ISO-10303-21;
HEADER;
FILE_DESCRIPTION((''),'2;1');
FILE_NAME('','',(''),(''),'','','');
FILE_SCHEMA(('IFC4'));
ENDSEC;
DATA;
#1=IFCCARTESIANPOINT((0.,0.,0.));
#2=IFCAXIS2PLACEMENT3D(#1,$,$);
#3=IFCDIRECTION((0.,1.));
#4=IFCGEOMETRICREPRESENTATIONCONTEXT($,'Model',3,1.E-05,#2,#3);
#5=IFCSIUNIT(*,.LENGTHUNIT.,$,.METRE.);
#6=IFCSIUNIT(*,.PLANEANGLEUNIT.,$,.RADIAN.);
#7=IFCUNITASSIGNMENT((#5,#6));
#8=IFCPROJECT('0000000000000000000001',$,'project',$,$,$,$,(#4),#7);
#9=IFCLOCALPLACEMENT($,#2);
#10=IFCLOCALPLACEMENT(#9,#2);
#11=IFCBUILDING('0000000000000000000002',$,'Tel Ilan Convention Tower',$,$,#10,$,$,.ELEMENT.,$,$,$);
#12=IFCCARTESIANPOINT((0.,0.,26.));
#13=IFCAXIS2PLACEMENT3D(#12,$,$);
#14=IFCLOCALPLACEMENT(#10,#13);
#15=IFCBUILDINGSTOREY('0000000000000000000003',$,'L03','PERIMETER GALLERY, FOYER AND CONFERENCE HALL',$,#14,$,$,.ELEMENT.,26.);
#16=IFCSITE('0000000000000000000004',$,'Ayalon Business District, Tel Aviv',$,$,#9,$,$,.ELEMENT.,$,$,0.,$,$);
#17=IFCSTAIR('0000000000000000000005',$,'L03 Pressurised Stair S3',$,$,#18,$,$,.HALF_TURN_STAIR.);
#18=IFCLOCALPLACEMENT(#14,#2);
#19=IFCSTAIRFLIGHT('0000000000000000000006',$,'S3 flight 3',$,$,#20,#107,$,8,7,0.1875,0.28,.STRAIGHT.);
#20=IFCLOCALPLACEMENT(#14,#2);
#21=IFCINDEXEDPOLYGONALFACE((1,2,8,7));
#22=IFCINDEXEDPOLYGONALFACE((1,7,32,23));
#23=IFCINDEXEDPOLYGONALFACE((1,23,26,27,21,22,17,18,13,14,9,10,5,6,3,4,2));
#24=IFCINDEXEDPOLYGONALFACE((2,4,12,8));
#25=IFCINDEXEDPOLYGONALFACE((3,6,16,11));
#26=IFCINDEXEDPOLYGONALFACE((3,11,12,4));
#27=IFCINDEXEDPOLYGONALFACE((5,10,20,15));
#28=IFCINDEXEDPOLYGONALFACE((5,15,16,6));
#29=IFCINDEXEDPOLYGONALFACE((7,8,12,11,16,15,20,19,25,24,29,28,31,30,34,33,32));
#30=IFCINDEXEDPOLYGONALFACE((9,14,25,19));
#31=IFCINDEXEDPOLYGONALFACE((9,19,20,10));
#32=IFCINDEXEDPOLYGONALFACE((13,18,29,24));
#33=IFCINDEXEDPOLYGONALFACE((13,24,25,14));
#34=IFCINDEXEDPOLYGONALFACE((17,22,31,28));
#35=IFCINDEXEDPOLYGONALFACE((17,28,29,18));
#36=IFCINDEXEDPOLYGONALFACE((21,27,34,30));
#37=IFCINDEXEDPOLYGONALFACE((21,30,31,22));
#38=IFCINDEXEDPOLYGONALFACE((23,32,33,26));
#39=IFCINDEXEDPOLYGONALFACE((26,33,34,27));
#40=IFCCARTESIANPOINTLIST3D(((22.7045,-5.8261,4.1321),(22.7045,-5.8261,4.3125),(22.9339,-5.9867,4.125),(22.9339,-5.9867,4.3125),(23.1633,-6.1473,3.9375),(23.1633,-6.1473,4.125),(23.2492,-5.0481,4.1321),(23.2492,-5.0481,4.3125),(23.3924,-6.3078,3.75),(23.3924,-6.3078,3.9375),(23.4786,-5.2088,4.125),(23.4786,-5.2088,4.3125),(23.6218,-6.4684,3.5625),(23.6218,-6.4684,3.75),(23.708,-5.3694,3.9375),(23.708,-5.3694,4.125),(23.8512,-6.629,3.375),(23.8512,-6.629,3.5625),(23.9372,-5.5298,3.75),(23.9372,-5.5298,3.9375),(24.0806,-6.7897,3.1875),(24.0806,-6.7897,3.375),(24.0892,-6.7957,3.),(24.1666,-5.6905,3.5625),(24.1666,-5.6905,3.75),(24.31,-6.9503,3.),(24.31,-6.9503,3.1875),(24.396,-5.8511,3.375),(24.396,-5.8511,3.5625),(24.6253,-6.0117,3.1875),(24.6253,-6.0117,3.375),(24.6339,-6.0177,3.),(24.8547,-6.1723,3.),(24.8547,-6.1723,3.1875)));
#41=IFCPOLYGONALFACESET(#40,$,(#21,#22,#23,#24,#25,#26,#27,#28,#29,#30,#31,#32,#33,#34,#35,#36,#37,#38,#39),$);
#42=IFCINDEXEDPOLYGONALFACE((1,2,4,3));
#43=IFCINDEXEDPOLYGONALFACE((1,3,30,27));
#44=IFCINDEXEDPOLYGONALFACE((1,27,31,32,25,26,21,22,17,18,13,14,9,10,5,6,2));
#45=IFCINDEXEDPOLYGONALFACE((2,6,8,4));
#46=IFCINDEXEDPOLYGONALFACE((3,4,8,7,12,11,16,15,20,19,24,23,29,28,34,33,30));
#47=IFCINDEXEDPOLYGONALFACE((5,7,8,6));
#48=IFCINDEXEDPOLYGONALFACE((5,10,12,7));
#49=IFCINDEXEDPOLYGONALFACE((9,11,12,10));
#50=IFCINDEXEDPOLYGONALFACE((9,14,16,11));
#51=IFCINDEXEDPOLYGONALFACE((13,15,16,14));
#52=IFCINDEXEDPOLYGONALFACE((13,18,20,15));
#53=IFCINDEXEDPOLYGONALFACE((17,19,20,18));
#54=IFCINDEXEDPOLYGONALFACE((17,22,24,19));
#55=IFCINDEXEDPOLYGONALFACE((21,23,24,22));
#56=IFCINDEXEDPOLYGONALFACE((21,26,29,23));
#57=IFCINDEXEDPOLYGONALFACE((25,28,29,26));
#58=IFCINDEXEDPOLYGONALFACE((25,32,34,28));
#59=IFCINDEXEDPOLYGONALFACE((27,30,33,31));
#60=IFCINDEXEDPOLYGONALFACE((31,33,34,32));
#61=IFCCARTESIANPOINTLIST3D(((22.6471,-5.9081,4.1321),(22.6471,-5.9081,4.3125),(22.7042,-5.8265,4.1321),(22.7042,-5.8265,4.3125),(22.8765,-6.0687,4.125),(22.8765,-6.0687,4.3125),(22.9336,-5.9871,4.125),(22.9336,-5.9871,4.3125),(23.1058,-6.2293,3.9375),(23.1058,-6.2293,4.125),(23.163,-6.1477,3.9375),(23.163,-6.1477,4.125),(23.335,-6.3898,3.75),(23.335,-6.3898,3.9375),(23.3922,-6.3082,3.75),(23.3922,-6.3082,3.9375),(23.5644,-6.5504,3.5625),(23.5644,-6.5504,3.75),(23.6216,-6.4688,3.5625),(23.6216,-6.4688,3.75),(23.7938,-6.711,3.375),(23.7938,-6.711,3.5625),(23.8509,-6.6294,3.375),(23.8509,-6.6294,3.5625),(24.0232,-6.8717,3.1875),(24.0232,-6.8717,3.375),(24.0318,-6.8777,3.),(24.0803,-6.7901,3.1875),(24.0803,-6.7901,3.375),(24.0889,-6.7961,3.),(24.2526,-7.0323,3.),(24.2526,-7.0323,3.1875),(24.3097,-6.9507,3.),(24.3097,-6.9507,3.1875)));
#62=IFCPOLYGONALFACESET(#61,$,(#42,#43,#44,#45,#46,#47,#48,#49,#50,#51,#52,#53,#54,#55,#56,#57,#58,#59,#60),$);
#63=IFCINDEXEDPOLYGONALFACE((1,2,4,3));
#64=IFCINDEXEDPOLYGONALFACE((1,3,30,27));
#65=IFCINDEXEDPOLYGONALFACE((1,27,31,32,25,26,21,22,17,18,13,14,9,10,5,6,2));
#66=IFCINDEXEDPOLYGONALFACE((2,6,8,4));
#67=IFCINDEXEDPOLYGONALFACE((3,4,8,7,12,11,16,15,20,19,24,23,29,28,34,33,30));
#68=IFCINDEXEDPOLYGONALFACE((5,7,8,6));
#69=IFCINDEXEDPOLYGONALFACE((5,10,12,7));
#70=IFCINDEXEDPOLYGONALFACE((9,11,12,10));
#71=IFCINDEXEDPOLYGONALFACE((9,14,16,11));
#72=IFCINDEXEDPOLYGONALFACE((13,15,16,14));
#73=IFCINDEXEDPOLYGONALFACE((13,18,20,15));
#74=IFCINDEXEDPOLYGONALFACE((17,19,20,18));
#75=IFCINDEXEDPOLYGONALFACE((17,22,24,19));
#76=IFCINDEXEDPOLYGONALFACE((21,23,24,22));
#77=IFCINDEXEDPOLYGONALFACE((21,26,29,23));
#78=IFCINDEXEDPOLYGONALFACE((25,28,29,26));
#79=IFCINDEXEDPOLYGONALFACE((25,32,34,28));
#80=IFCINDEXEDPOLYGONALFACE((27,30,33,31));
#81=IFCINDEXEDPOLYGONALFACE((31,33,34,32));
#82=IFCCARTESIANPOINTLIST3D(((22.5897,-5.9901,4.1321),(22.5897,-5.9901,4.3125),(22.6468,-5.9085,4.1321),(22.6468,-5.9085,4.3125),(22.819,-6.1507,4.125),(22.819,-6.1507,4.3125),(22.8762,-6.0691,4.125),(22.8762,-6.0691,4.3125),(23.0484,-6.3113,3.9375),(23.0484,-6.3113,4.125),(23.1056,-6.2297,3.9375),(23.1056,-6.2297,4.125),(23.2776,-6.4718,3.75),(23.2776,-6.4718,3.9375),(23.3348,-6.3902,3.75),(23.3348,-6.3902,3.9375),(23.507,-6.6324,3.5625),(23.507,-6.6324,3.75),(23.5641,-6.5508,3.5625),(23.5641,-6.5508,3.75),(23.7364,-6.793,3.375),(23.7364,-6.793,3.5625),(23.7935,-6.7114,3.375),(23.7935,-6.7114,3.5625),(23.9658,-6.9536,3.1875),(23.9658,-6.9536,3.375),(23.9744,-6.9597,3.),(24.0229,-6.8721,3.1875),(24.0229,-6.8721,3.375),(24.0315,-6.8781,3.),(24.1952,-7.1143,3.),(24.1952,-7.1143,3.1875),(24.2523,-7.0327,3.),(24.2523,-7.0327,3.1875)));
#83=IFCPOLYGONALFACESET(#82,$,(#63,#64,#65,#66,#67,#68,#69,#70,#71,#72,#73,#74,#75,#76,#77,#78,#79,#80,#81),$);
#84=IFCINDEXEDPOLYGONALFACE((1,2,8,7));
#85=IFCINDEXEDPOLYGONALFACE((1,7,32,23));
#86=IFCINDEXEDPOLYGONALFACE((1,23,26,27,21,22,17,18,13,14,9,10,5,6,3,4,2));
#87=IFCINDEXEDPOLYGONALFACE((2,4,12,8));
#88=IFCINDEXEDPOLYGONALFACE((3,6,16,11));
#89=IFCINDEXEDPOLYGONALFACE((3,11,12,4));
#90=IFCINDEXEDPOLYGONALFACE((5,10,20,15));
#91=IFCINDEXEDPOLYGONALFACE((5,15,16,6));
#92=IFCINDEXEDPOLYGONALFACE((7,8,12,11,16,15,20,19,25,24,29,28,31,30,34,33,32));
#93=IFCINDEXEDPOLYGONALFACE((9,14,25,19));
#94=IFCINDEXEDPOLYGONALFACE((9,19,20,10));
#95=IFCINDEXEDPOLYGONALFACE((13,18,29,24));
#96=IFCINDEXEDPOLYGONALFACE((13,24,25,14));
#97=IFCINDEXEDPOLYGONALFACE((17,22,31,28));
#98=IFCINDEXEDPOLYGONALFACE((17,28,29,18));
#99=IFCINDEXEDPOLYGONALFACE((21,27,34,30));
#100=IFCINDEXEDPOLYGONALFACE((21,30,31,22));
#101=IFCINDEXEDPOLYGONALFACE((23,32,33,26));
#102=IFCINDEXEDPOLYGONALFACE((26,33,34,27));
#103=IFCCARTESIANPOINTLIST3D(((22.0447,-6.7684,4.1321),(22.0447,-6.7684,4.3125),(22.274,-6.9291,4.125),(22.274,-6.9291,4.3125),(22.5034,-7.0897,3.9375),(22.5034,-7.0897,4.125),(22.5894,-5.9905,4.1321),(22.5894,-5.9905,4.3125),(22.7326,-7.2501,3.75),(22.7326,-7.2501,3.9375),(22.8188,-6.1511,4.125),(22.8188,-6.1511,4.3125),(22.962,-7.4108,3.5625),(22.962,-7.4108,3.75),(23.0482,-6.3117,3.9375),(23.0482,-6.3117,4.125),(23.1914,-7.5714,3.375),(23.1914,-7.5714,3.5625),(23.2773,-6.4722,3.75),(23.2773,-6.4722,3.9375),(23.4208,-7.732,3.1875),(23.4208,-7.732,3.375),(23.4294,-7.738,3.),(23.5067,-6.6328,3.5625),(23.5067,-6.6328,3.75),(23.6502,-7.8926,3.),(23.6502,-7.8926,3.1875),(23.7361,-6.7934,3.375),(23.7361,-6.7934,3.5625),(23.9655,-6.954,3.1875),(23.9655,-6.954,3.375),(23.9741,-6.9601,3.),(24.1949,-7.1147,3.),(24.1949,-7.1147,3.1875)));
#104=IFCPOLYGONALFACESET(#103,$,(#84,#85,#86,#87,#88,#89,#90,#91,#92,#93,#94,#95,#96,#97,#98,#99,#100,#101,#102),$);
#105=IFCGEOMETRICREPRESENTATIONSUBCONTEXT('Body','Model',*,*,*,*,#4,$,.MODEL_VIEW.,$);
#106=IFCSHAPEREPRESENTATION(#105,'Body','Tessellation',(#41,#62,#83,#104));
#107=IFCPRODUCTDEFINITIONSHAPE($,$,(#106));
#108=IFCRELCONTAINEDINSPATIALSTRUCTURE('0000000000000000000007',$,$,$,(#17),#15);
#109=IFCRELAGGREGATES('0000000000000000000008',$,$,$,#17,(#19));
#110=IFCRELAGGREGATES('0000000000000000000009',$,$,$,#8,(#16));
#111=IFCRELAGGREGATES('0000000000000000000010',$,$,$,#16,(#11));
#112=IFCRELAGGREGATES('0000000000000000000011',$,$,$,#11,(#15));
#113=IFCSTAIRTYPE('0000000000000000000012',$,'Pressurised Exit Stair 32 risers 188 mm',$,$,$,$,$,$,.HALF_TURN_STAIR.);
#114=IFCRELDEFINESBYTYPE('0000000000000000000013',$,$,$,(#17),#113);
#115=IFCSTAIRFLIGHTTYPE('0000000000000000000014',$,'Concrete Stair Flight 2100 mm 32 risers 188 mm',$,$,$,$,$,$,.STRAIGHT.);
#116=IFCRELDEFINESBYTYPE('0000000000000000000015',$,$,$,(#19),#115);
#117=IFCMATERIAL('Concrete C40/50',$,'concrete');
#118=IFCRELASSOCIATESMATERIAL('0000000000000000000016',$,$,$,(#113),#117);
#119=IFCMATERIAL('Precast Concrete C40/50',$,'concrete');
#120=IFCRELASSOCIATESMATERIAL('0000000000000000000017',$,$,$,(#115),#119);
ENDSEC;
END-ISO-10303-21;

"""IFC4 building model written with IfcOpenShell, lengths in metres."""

from ifc_helpers import new_model, si_unit, direction, frame, origin, place, context, subcontext, project, spatial, polyline, outline, extrude, material, type_object, element, aggregate, save


model = new_model("IFC4")

# Units and contexts
model_context = context("Model", 3, precision=1e-05, world=origin(), true_north=direction((0.0, 1.0)))
body_context = subcontext(model_context, "Body", "Model", "MODEL_VIEW")
ifc_project = project(units=[si_unit("LENGTHUNIT", "METRE"), si_unit("PLANEANGLEUNIT", "RADIAN")], contexts=[model_context])

# Site, building, storey
site_placement = place(None, origin())
site = spatial("IfcSite", under=ifc_project, at=site_placement, Name="Ayalon Business District, Tel Aviv", CompositionType="ELEMENT", RefElevation=0.0)
building_placement = place(site_placement, origin())
building = spatial("IfcBuilding", under=site, at=building_placement, Name="Tel Ilan Convention Tower", CompositionType="ELEMENT")
storey_placement = place(building_placement, frame((0.0, 0.0, 26.0)))
storey = spatial("IfcBuildingStorey", under=building, at=storey_placement, Name="L03", Description="PERIMETER GALLERY, FOYER AND CONFERENCE HALL", CompositionType="ELEMENT", Elevation=26.0)

# Stair, stair flight
ifc_material_1 = material(Name="Concrete C40/50", Category="concrete")
stair_type = type_object("IfcStairType", Name="Pressurised Exit Stair 32 risers 188 mm", PredefinedType="HALF_TURN_STAIR", material=ifc_material_1)
stair_placement = place(storey_placement, origin())
stair = element("IfcStair", 1, at=stair_placement, inside=storey, type_object=stair_type, Name="L03 Pressurised Stair S3", PredefinedType="HALF_TURN_STAIR")
ifc_material_2 = material(Name="Precast Concrete C40/50", Category="concrete")
stair_flight_type = type_object("IfcStairFlightType", Name="Concrete Stair Flight 2100 mm 32 risers 188 mm", PredefinedType="STRAIGHT", material=ifc_material_2)
stair_flight_1_placement = place(storey_placement, frame((24.2524, -7.0325, 3.0), z_axis=(0.0, 0.0, 1.0), x_axis=(-0.819152, 0.573576, 0.0)))
stair_flight_1 = element("IfcStairFlight", 2, at=stair_flight_1_placement, type_object=stair_flight_type, Name="S3 flight 3", NumberOfRisers=8, NumberOfTreads=7, PredefinedType="STRAIGHT", RiserHeight=0.1875, TreadLength=0.28, context=body_context, shape_type="SweptSolid", body=[
    extrude(outline(polyline([(0.0, 0.0), (0.0, 0.1875), (0.28, 0.1875), (0.28, 0.375), (0.5601, 0.375), (0.5601, 0.5625), (0.8401, 0.5625), (0.8401, 0.75), (1.1201, 0.75), (1.1201, 0.9375), (1.3999, 0.9375), (1.3999, 1.125), (1.6799, 1.125), (1.6799, 1.3125), (1.96, 1.3125), (1.96, 1.5), (1.96, 1.1321), (0.2695, 0.0), (0.0, 0.0)])), frame((0.0, -0.1003, 0.0), z_axis=(0.0, -1.0, 0.0), x_axis=(1.0, 0.0, 0.0)), (0.0, 0.0, 1.0), 0.9497),
    extrude(outline(polyline([(0.0, 0.0), (0.0, 0.1875), (0.28, 0.1875), (0.28, 0.375), (0.5601, 0.375), (0.5601, 0.5625), (0.8401, 0.5625), (0.8401, 0.75), (1.1201, 0.75), (1.1201, 0.9375), (1.3999, 0.9375), (1.3999, 1.125), (1.6799, 1.125), (1.6799, 1.3125), (1.96, 1.3125), (1.96, 1.5), (1.96, 1.1321), (0.2695, 0.0), (0.0, 0.0)])), frame((0.0, -0.0002, 0.0), z_axis=(0.0, -1.0, 0.0), x_axis=(1.0, 0.0, 0.0)), (0.0, 0.0, 1.0), 0.0996),
    extrude(outline(polyline([(0.0, 0.0), (0.0, 0.1875), (0.28, 0.1875), (0.28, 0.375), (0.5601, 0.375), (0.5601, 0.5625), (0.8401, 0.5625), (0.8401, 0.75), (1.1201, 0.75), (1.1201, 0.9375), (1.3999, 0.9375), (1.3999, 1.125), (1.6799, 1.125), (1.6799, 1.3125), (1.96, 1.3125), (1.96, 1.5), (1.96, 1.1321), (0.2695, 0.0), (0.0, 0.0)])), frame((0.0, 0.0999, 0.0), z_axis=(0.0, -1.0, 0.0), x_axis=(1.0, 0.0, 0.0)), (0.0, 0.0, 1.0), 0.0996),
    extrude(outline(polyline([(0.0, 0.0), (0.0, 0.1875), (0.28, 0.1875), (0.28, 0.375), (0.5601, 0.375), (0.5601, 0.5625), (0.8401, 0.5625), (0.8401, 0.75), (1.1201, 0.75), (1.1201, 0.9375), (1.3999, 0.9375), (1.3999, 1.125), (1.6799, 1.125), (1.6799, 1.3125), (1.96, 1.3125), (1.96, 1.5), (1.96, 1.1321), (0.2695, 0.0), (0.0, 0.0)])), frame((0.0, 1.05, 0.0), z_axis=(0.0, -1.0, 0.0), x_axis=(1.0, 0.0, 0.0)), (0.0, 0.0, 1.0), 0.9497),
])
aggregate(stair, [stair_flight_1])

save(model, "model.ifc")
